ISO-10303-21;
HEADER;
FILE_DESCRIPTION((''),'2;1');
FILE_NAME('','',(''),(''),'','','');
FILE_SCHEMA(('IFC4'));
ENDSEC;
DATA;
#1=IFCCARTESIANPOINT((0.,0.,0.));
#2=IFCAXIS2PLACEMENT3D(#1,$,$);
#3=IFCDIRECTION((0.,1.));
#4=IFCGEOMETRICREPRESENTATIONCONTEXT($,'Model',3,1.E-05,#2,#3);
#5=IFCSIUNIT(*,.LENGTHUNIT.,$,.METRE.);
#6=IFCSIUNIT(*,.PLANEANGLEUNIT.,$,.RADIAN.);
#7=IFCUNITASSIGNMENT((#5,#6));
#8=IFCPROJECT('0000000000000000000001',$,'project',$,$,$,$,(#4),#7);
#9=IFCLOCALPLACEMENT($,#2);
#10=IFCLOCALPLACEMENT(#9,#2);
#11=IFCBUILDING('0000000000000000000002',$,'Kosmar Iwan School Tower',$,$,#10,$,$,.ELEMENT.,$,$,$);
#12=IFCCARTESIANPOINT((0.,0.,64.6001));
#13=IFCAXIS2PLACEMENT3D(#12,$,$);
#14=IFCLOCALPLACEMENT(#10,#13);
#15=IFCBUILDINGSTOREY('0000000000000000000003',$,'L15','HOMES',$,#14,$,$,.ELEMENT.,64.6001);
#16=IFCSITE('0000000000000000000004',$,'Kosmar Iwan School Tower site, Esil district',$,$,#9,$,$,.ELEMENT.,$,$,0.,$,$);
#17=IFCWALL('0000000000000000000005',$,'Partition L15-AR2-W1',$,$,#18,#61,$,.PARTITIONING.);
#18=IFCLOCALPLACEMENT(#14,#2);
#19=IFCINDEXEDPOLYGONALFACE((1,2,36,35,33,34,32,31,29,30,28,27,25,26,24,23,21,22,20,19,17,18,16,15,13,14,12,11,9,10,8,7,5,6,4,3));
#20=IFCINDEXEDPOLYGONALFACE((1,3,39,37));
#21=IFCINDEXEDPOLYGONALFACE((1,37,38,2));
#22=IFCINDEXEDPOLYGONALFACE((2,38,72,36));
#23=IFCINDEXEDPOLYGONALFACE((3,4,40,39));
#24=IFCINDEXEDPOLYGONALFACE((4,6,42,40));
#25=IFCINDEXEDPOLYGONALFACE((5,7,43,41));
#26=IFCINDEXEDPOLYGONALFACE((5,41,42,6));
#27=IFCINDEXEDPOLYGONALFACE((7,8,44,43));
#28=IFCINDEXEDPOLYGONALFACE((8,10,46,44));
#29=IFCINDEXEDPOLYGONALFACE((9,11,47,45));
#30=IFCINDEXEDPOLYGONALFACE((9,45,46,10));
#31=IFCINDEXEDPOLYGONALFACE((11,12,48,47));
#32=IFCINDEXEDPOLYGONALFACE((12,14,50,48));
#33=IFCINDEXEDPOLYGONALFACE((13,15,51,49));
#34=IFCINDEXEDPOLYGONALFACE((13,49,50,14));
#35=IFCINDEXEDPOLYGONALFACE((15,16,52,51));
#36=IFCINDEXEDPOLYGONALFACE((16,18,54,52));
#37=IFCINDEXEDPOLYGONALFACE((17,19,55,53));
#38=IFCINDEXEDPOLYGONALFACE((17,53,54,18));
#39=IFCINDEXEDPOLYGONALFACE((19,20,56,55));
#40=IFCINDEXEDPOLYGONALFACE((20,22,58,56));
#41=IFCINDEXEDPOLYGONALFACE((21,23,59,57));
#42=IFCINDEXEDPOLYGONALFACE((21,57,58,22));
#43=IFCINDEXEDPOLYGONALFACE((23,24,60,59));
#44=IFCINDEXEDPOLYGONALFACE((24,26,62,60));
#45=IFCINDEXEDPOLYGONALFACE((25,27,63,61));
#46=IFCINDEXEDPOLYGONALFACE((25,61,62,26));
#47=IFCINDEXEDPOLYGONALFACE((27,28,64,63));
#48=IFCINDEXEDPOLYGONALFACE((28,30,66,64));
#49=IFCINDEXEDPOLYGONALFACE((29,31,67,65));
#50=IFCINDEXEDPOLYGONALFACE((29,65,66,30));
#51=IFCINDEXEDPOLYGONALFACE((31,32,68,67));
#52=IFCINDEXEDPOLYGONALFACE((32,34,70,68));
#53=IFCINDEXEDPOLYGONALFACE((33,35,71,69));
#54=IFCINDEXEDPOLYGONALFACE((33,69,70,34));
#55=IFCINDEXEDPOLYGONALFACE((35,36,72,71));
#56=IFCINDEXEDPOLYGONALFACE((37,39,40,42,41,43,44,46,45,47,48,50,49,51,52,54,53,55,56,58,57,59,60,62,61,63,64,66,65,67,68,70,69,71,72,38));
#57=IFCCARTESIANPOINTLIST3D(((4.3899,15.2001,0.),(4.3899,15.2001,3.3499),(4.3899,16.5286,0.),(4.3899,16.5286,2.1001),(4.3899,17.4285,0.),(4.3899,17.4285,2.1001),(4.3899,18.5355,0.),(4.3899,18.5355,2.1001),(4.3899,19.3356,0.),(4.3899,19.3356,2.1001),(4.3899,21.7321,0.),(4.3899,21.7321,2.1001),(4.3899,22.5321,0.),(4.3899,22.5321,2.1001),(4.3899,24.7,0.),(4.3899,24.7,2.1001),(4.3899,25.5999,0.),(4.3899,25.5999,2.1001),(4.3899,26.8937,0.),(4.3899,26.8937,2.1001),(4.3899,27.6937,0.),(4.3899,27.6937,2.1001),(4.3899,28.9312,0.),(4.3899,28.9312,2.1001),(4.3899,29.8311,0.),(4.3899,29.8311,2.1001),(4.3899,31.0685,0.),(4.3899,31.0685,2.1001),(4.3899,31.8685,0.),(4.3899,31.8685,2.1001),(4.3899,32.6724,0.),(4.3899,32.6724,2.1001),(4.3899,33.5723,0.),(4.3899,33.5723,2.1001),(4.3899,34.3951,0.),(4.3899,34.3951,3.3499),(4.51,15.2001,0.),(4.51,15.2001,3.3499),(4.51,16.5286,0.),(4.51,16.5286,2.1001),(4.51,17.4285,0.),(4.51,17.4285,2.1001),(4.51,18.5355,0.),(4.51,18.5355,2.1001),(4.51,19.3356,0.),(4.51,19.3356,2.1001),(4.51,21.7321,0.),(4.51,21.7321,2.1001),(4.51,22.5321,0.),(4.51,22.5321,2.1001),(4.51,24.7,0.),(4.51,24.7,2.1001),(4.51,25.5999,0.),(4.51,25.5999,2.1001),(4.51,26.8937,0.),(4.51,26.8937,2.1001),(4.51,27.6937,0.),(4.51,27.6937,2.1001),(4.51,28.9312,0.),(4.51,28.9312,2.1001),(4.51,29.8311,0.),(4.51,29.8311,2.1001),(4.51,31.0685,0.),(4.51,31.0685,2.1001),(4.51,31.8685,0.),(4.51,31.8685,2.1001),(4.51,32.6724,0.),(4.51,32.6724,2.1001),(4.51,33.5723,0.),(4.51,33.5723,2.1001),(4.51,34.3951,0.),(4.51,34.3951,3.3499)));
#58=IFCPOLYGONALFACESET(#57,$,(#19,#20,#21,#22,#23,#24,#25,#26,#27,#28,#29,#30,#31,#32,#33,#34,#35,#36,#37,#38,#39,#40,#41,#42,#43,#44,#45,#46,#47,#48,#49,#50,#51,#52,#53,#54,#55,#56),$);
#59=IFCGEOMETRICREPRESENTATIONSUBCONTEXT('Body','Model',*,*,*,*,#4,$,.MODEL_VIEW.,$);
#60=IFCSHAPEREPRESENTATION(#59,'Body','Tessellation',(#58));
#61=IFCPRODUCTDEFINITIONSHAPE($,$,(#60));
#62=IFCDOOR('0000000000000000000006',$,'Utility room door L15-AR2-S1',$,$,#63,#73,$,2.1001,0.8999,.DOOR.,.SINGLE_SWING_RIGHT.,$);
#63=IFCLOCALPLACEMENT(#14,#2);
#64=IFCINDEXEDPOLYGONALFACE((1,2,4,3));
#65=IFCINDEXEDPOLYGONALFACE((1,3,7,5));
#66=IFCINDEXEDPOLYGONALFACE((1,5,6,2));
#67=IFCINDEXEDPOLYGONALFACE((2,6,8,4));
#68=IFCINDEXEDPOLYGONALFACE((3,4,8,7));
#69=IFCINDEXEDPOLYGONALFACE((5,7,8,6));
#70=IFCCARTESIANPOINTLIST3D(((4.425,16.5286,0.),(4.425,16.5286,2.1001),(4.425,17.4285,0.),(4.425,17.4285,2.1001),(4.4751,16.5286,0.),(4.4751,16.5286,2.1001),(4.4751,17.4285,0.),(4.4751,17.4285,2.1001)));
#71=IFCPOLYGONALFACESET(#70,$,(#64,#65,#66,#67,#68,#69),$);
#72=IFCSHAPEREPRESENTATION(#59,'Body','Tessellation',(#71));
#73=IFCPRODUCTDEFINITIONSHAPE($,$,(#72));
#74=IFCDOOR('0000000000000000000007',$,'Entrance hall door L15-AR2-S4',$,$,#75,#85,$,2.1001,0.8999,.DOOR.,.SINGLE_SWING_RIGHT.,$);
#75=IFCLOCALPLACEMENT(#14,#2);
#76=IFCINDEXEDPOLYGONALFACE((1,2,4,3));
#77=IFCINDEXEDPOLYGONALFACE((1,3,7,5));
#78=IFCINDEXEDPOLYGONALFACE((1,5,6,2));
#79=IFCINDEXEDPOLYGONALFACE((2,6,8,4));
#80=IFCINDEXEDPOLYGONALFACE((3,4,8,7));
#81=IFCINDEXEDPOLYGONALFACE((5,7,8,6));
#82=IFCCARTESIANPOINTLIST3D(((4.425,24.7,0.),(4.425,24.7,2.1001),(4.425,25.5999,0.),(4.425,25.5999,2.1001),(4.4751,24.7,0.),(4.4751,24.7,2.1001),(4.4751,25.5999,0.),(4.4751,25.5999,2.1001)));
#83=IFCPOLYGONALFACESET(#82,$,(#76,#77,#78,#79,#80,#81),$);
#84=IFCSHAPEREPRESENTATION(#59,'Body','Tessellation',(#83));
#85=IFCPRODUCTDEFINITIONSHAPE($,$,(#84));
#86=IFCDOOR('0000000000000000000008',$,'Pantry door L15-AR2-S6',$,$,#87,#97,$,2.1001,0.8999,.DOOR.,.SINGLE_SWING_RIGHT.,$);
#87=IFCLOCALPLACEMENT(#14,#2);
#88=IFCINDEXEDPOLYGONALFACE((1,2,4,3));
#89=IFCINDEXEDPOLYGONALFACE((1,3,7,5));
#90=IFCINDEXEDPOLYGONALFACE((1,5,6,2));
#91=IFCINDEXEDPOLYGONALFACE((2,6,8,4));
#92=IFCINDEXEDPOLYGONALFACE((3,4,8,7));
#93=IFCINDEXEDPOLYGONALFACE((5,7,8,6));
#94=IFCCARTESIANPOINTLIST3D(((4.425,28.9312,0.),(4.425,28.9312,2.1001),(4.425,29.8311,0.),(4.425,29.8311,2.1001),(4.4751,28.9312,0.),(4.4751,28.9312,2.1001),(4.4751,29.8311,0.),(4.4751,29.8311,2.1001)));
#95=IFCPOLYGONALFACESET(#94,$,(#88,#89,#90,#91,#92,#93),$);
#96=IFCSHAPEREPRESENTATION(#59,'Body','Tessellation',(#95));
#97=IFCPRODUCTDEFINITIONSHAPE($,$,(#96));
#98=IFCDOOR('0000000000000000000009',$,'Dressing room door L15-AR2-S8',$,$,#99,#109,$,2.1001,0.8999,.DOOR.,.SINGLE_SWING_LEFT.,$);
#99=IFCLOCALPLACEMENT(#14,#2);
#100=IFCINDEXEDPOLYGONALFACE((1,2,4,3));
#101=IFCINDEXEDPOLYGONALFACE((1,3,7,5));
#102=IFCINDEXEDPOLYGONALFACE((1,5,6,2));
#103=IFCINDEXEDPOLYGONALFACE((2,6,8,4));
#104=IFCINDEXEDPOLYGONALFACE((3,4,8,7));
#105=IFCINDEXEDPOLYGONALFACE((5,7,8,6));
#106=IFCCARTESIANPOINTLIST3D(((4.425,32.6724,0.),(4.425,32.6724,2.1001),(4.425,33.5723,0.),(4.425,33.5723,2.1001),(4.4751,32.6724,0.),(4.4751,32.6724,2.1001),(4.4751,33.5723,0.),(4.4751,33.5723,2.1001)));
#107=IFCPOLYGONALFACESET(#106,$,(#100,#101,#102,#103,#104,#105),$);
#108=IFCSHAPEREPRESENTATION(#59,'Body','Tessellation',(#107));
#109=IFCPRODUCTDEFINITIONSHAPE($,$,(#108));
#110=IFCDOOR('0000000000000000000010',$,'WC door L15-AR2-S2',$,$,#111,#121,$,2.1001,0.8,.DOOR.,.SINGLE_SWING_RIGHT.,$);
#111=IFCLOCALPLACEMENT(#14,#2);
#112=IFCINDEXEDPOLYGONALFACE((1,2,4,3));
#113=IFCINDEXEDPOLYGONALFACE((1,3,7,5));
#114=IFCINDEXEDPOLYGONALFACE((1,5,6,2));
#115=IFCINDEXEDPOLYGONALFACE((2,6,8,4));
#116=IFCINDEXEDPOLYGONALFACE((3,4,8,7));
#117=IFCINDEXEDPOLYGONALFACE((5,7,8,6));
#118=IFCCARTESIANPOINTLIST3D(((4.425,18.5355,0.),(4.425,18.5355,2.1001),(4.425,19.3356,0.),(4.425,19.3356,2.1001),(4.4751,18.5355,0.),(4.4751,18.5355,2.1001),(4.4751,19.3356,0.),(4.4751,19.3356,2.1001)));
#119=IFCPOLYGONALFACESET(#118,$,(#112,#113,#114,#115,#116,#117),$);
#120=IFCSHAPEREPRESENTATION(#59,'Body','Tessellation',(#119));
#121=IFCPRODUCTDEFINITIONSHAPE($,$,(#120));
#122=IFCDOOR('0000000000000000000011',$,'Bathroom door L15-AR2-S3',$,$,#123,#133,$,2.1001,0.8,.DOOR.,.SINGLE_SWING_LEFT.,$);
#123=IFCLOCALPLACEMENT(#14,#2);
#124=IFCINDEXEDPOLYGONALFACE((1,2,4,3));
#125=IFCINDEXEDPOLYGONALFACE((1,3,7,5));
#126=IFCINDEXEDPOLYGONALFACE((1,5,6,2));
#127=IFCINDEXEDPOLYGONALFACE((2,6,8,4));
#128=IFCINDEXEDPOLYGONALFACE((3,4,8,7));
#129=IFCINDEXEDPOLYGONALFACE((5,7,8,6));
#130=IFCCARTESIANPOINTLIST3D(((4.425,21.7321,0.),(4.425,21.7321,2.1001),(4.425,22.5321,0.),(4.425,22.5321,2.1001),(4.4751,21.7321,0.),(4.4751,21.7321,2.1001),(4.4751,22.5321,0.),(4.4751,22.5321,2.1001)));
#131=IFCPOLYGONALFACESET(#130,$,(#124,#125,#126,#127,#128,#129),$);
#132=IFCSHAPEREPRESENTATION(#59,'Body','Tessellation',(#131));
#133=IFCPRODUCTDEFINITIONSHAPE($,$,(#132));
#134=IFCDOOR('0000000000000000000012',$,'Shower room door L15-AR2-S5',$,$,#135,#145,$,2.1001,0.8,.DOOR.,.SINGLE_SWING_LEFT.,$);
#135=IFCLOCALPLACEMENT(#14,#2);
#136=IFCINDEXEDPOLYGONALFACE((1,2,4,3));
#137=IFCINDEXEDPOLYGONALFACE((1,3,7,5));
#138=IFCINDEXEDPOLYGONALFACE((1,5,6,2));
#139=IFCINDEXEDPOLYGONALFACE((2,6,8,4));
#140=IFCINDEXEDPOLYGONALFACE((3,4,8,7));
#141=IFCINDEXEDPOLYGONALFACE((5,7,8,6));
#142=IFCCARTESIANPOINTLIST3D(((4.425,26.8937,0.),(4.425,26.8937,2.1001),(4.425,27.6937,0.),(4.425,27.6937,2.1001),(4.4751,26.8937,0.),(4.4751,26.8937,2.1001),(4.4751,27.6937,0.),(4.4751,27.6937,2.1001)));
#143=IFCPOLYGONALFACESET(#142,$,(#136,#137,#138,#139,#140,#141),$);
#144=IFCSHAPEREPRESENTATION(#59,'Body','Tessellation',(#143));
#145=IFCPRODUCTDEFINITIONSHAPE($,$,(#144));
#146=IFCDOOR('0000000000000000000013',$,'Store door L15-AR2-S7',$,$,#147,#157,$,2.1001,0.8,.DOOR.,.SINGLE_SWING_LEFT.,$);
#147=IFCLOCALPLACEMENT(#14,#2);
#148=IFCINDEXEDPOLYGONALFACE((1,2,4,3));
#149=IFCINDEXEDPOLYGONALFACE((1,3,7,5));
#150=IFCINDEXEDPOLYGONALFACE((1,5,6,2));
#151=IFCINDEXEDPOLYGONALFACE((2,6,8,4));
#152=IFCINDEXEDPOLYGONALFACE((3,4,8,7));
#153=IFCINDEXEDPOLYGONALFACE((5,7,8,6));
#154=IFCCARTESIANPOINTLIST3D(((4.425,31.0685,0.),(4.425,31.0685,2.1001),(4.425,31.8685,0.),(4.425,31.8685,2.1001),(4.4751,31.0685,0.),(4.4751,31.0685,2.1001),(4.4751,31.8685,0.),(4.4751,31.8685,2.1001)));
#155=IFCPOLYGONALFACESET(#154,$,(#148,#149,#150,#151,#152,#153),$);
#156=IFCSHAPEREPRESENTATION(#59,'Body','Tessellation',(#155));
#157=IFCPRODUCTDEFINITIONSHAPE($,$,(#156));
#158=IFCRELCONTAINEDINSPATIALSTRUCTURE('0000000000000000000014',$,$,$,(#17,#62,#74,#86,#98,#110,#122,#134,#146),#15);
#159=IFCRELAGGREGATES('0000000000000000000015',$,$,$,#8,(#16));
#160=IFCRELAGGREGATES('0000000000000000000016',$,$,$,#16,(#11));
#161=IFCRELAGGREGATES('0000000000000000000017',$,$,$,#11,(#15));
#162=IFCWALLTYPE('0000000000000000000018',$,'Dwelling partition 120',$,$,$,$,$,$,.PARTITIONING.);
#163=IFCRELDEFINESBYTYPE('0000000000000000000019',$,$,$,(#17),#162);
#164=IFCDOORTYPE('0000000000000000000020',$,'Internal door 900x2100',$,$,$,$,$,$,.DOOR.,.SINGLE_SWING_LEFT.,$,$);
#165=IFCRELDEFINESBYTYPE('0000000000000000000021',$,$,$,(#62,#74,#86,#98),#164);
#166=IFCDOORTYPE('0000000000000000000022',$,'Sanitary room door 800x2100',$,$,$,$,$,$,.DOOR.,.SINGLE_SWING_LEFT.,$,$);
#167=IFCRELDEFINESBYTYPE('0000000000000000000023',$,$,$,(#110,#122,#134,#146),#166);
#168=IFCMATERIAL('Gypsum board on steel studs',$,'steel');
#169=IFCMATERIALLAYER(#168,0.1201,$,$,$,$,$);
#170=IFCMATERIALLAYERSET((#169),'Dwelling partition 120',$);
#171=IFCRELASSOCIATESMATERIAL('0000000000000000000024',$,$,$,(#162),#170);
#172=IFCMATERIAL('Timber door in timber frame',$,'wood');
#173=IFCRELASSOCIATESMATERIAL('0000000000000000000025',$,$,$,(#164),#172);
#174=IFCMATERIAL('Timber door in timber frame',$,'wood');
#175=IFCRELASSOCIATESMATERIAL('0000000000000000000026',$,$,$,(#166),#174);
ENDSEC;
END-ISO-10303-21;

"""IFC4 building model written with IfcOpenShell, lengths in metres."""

from ifc_helpers import new_model, si_unit, direction, frame, frame_2d, origin, place, context, subcontext, project, spatial, rectangle, extrude, material, layer, layer_set, type_object, element, fill, save


model = new_model("IFC4")

# Units and contexts
model_context = context("Model", 3, precision=1e-05, world=origin(), true_north=direction((0.0, 1.0)))
body_context = subcontext(model_context, "Body", "Model", "MODEL_VIEW")
ifc_project = project(units=[si_unit("LENGTHUNIT", "METRE"), si_unit("PLANEANGLEUNIT", "RADIAN")], contexts=[model_context])

# Site, building, storey
site_placement = place(None, origin())
site = spatial("IfcSite", under=ifc_project, at=site_placement, Name="Kosmar Iwan School Tower site, Esil district", CompositionType="ELEMENT", RefElevation=0.0)
building_placement = place(site_placement, origin())
building = spatial("IfcBuilding", under=site, at=building_placement, Name="Kosmar Iwan School Tower", CompositionType="ELEMENT")
storey_placement = place(building_placement, frame((0.0, 0.0, 64.6001)))
storey = spatial("IfcBuildingStorey", under=building, at=storey_placement, Name="L15", Description="HOMES", CompositionType="ELEMENT", Elevation=64.6001)

# Shared definitions
ifc_material_1 = material(Name="Gypsum board on steel studs", Category="steel")
ifc_layer_1 = layer(ifc_material_1, 0.1201)
ifc_layer_set_1 = layer_set([ifc_layer_1], Name="Dwelling partition 120")
wall_type_1 = type_object("IfcWallType", Name="Dwelling partition 120", PredefinedType="PARTITIONING", material=ifc_layer_set_1)
ifc_material_2 = material(Name="Timber door in timber frame", Category="wood")
door_type_1 = type_object("IfcDoorType", Name="Internal door 900x2100", OperationType="SINGLE_SWING_LEFT", PredefinedType="DOOR", material=ifc_material_2)
ifc_material_3 = material(Name="Timber door in timber frame", Category="wood")
door_type_2 = type_object("IfcDoorType", Name="Sanitary room door 800x2100", OperationType="SINGLE_SWING_LEFT", PredefinedType="DOOR", material=ifc_material_3)

# Wall, openings, doors
wall_1_placement = place(storey_placement, frame((4.45, 15.2, 0.0), z_axis=(0.0, 0.0, 1.0), x_axis=(0.0, 1.0, 0.0)))
wall_1 = element("IfcWall", 1, at=wall_1_placement, inside=storey, type_object=wall_type_1, Name="Partition L15-AR2-W1", PredefinedType="PARTITIONING", context=body_context, shape_type="SweptSolid", body=[
    extrude(rectangle(XDim=19.1951, YDim=0.1201, at=frame_2d((9.5977, 0.0))), origin(), (0.0, 0.0, 1.0), 3.3499),
])
opening_1_placement = place(wall_1_placement, frame((1.3286, 0.0, 0.0)))
opening_1 = element("IfcOpeningElement", 2, at=opening_1_placement, cuts=wall_1, PredefinedType="OPENING", context=body_context, shape_type="SweptSolid", body=[
    extrude(rectangle(XDim=0.8999, YDim=2.1001, at=frame_2d((0.45, 1.05))), frame((0.0, 0.072, 0.0), z_axis=(0.0, -1.0, 0.0), x_axis=(1.0, 0.0, 0.0)), (0.0, 0.0, 1.0), 0.144),
])
opening_2_placement = place(wall_1_placement, frame((3.3357, 0.0, 0.0)))
opening_2 = element("IfcOpeningElement", 3, at=opening_2_placement, cuts=wall_1, PredefinedType="OPENING", context=body_context, shape_type="SweptSolid", body=[
    extrude(rectangle(XDim=0.8, YDim=2.1001, at=frame_2d((0.3999, 1.05))), frame((0.0, 0.072, 0.0), z_axis=(0.0, -1.0, 0.0), x_axis=(1.0, 0.0, 0.0)), (0.0, 0.0, 1.0), 0.144),
])
opening_3_placement = place(wall_1_placement, frame((6.5322, 0.0, 0.0)))
opening_3 = element("IfcOpeningElement", 4, at=opening_3_placement, cuts=wall_1, PredefinedType="OPENING", context=body_context, shape_type="SweptSolid", body=[
    extrude(rectangle(XDim=0.8, YDim=2.1001, at=frame_2d((0.3999, 1.05))), frame((0.0, 0.072, 0.0), z_axis=(0.0, -1.0, 0.0), x_axis=(1.0, 0.0, 0.0)), (0.0, 0.0, 1.0), 0.144),
])
opening_4_placement = place(wall_1_placement, frame((9.5, 0.0, 0.0)))
opening_4 = element("IfcOpeningElement", 5, at=opening_4_placement, cuts=wall_1, PredefinedType="OPENING", context=body_context, shape_type="SweptSolid", body=[
    extrude(rectangle(XDim=0.8999, YDim=2.1001, at=frame_2d((0.45, 1.05))), frame((0.0, 0.072, 0.0), z_axis=(0.0, -1.0, 0.0), x_axis=(1.0, 0.0, 0.0)), (0.0, 0.0, 1.0), 0.144),
])
opening_5_placement = place(wall_1_placement, frame((11.6938, 0.0, 0.0)))
opening_5 = element("IfcOpeningElement", 6, at=opening_5_placement, cuts=wall_1, PredefinedType="OPENING", context=body_context, shape_type="SweptSolid", body=[
    extrude(rectangle(XDim=0.8, YDim=2.1001, at=frame_2d((0.3999, 1.05))), frame((0.0, 0.072, 0.0), z_axis=(0.0, -1.0, 0.0), x_axis=(1.0, 0.0, 0.0)), (0.0, 0.0, 1.0), 0.144),
])
opening_6_placement = place(wall_1_placement, frame((13.7312, 0.0, 0.0)))
opening_6 = element("IfcOpeningElement", 7, at=opening_6_placement, cuts=wall_1, PredefinedType="OPENING", context=body_context, shape_type="SweptSolid", body=[
    extrude(rectangle(XDim=0.8999, YDim=2.1001, at=frame_2d((0.45, 1.05))), frame((0.0, 0.072, 0.0), z_axis=(0.0, -1.0, 0.0), x_axis=(1.0, 0.0, 0.0)), (0.0, 0.0, 1.0), 0.144),
])
opening_7_placement = place(wall_1_placement, frame((15.8687, 0.0, 0.0)))
opening_7 = element("IfcOpeningElement", 8, at=opening_7_placement, cuts=wall_1, PredefinedType="OPENING", context=body_context, shape_type="SweptSolid", body=[
    extrude(rectangle(XDim=0.8, YDim=2.1001, at=frame_2d((0.3999, 1.05))), frame((0.0, 0.072, 0.0), z_axis=(0.0, -1.0, 0.0), x_axis=(1.0, 0.0, 0.0)), (0.0, 0.0, 1.0), 0.144),
])
opening_8_placement = place(wall_1_placement, frame((17.4724, 0.0, 0.0)))
opening_8 = element("IfcOpeningElement", 9, at=opening_8_placement, cuts=wall_1, PredefinedType="OPENING", context=body_context, shape_type="SweptSolid", body=[
    extrude(rectangle(XDim=0.8999, YDim=2.1001, at=frame_2d((0.45, 1.05))), frame((0.0, 0.072, 0.0), z_axis=(0.0, -1.0, 0.0), x_axis=(1.0, 0.0, 0.0)), (0.0, 0.0, 1.0), 0.144),
])
door_1_placement = place(opening_1_placement, origin())
door_1 = element("IfcDoor", 10, at=door_1_placement, inside=storey, type_object=door_type_1, Name="Utility room door L15-AR2-S1", OperationType="SINGLE_SWING_RIGHT", OverallHeight=2.1001, OverallWidth=0.8999, PredefinedType="DOOR", context=body_context, shape_type="SweptSolid", body=[
    extrude(rectangle(XDim=0.8999, YDim=2.1001, at=frame_2d((0.45, 1.05))), frame((0.0, 0.0249, 0.0), z_axis=(0.0, -1.0, 0.0), x_axis=(1.0, 0.0, 0.0)), (0.0, 0.0, 1.0), 0.05),
])
fill(opening_1, door_1)
door_2_placement = place(opening_4_placement, origin())
door_2 = element("IfcDoor", 11, at=door_2_placement, inside=storey, type_object=door_type_1, Name="Entrance hall door L15-AR2-S4", OperationType="SINGLE_SWING_RIGHT", OverallHeight=2.1001, OverallWidth=0.8999, PredefinedType="DOOR", context=body_context, shape_type="SweptSolid", body=[
    extrude(rectangle(XDim=0.8999, YDim=2.1001, at=frame_2d((0.45, 1.05))), frame((0.0, 0.0249, 0.0), z_axis=(0.0, -1.0, 0.0), x_axis=(1.0, 0.0, 0.0)), (0.0, 0.0, 1.0), 0.05),
])
fill(opening_4, door_2)
door_3_placement = place(opening_6_placement, origin())
door_3 = element("IfcDoor", 12, at=door_3_placement, inside=storey, type_object=door_type_1, Name="Pantry door L15-AR2-S6", OperationType="SINGLE_SWING_RIGHT", OverallHeight=2.1001, OverallWidth=0.8999, PredefinedType="DOOR", context=body_context, shape_type="SweptSolid", body=[
    extrude(rectangle(XDim=0.8999, YDim=2.1001, at=frame_2d((0.45, 1.05))), frame((0.0, 0.0249, 0.0), z_axis=(0.0, -1.0, 0.0), x_axis=(1.0, 0.0, 0.0)), (0.0, 0.0, 1.0), 0.05),
])
fill(opening_6, door_3)
door_4_placement = place(opening_8_placement, origin())
door_4 = element("IfcDoor", 13, at=door_4_placement, inside=storey, type_object=door_type_1, Name="Dressing room door L15-AR2-S8", OperationType="SINGLE_SWING_LEFT", OverallHeight=2.1001, OverallWidth=0.8999, PredefinedType="DOOR", context=body_context, shape_type="SweptSolid", body=[
    extrude(rectangle(XDim=0.8999, YDim=2.1001, at=frame_2d((0.45, 1.05))), frame((0.0, 0.0249, 0.0), z_axis=(0.0, -1.0, 0.0), x_axis=(1.0, 0.0, 0.0)), (0.0, 0.0, 1.0), 0.05),
])
fill(opening_8, door_4)
door_5_placement = place(opening_2_placement, origin())
door_5 = element("IfcDoor", 14, at=door_5_placement, inside=storey, type_object=door_type_2, Name="WC door L15-AR2-S2", OperationType="SINGLE_SWING_RIGHT", OverallHeight=2.1001, OverallWidth=0.8, PredefinedType="DOOR", context=body_context, shape_type="SweptSolid", body=[
    extrude(rectangle(XDim=0.8, YDim=2.1001, at=frame_2d((0.3999, 1.05))), frame((0.0, 0.0249, 0.0), z_axis=(0.0, -1.0, 0.0), x_axis=(1.0, 0.0, 0.0)), (0.0, 0.0, 1.0), 0.05),
])
fill(opening_2, door_5)
door_6_placement = place(opening_3_placement, origin())
door_6 = element("IfcDoor", 15, at=door_6_placement, inside=storey, type_object=door_type_2, Name="Bathroom door L15-AR2-S3", OperationType="SINGLE_SWING_LEFT", OverallHeight=2.1001, OverallWidth=0.8, PredefinedType="DOOR", context=body_context, shape_type="SweptSolid", body=[
    extrude(rectangle(XDim=0.8, YDim=2.1001, at=frame_2d((0.3999, 1.05))), frame((0.0, 0.0249, 0.0), z_axis=(0.0, -1.0, 0.0), x_axis=(1.0, 0.0, 0.0)), (0.0, 0.0, 1.0), 0.05),
])
fill(opening_3, door_6)
door_7_placement = place(opening_5_placement, origin())
door_7 = element("IfcDoor", 16, at=door_7_placement, inside=storey, type_object=door_type_2, Name="Shower room door L15-AR2-S5", OperationType="SINGLE_SWING_LEFT", OverallHeight=2.1001, OverallWidth=0.8, PredefinedType="DOOR", context=body_context, shape_type="SweptSolid", body=[
    extrude(rectangle(XDim=0.8, YDim=2.1001, at=frame_2d((0.3999, 1.05))), frame((0.0, 0.0249, 0.0), z_axis=(0.0, -1.0, 0.0), x_axis=(1.0, 0.0, 0.0)), (0.0, 0.0, 1.0), 0.05),
])
fill(opening_5, door_7)
door_8_placement = place(opening_7_placement, origin())
door_8 = element("IfcDoor", 17, at=door_8_placement, inside=storey, type_object=door_type_2, Name="Store door L15-AR2-S7", OperationType="SINGLE_SWING_LEFT", OverallHeight=2.1001, OverallWidth=0.8, PredefinedType="DOOR", context=body_context, shape_type="SweptSolid", body=[
    extrude(rectangle(XDim=0.8, YDim=2.1001, at=frame_2d((0.3999, 1.05))), frame((0.0, 0.0249, 0.0), z_axis=(0.0, -1.0, 0.0), x_axis=(1.0, 0.0, 0.0)), (0.0, 0.0, 1.0), 0.05),
])
fill(opening_7, door_8)

save(model, "model.ifc")
